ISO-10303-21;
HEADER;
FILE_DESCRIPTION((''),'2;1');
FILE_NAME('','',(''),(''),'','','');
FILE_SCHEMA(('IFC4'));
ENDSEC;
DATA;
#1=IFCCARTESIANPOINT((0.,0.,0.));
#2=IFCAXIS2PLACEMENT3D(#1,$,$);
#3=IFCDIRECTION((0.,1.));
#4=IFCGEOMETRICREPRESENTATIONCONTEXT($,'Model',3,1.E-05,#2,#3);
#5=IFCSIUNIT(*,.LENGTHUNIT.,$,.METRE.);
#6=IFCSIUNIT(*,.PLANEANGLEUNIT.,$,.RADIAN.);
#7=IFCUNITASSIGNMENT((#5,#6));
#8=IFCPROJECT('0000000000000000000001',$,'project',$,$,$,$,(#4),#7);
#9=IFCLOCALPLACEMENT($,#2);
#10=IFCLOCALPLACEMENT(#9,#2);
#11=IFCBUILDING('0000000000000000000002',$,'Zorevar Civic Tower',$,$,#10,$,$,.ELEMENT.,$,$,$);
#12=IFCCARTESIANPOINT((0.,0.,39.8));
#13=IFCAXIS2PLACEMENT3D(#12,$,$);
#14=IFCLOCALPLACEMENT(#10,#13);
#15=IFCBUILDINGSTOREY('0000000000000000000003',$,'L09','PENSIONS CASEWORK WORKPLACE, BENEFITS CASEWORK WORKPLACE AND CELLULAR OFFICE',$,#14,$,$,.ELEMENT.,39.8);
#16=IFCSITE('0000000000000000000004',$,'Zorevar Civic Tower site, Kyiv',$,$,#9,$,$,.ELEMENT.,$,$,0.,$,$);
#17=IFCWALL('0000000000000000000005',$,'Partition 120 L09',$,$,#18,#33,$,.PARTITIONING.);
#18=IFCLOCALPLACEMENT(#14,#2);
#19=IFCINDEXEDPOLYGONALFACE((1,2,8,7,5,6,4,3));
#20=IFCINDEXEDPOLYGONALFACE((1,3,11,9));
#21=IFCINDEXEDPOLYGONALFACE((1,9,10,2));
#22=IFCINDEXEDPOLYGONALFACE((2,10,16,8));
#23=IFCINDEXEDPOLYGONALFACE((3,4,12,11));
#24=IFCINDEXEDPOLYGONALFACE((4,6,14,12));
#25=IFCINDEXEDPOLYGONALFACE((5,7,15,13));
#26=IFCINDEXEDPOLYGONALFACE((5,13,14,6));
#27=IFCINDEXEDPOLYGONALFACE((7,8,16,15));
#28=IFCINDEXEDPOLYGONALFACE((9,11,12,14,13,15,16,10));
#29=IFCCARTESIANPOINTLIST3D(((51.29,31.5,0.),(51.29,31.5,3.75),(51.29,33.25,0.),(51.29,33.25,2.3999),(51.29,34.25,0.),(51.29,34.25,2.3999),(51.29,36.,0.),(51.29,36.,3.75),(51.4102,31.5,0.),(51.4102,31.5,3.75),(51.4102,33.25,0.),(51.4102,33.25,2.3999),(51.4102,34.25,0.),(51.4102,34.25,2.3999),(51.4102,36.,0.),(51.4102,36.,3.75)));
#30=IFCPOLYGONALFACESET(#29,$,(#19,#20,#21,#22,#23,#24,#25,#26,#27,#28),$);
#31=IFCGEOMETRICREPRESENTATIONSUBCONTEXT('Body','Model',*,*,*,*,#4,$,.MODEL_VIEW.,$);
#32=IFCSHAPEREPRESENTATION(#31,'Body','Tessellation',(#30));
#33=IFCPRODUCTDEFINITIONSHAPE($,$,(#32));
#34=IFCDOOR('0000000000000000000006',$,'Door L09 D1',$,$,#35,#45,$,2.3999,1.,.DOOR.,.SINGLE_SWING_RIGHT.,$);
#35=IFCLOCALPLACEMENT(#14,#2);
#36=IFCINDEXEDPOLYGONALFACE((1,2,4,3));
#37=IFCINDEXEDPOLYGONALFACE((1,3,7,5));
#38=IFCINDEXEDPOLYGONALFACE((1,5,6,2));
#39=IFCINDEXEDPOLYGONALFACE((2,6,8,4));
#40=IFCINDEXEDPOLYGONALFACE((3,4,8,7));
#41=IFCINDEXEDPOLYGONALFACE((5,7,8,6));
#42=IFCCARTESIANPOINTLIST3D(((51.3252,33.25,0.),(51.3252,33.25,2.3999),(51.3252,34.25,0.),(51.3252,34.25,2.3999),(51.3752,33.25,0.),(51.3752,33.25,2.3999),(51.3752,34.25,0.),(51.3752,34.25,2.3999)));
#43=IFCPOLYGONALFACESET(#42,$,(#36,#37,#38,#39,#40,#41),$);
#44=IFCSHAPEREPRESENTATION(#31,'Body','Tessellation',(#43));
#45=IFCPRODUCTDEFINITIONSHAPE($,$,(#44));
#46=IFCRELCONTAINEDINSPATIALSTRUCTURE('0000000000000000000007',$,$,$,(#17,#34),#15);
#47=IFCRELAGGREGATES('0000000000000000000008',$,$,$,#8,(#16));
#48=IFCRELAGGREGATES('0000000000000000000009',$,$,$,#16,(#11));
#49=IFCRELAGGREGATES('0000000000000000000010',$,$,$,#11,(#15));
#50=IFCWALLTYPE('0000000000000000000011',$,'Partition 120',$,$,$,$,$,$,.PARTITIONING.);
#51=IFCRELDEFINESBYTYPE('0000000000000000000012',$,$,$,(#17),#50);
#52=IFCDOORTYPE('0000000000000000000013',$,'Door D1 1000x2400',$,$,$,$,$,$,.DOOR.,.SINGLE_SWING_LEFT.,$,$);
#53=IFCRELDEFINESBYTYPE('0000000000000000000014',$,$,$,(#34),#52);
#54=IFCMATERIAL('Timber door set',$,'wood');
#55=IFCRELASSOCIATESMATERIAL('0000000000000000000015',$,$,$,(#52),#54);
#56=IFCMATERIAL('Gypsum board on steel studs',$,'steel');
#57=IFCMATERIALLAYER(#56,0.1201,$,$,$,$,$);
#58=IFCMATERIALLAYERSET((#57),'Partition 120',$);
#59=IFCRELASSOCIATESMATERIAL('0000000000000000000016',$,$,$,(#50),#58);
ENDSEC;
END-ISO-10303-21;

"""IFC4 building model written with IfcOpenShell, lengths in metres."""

from ifc_helpers import new_model, si_unit, direction, frame, frame_2d, origin, place, context, subcontext, project, spatial, rectangle, extrude, material, layer, layer_set, type_object, element, fill, save


model = new_model("IFC4")

# Units and contexts
model_context = context("Model", 3, precision=1e-05, world=origin(), true_north=direction((0.0, 1.0)))
body_context = subcontext(model_context, "Body", "Model", "MODEL_VIEW")
ifc_project = project(units=[si_unit("LENGTHUNIT", "METRE"), si_unit("PLANEANGLEUNIT", "RADIAN")], contexts=[model_context])

# Site, building, storey
site_placement = place(None, origin())
site = spatial("IfcSite", under=ifc_project, at=site_placement, Name="Zorevar Civic Tower site, Kyiv", CompositionType="ELEMENT", RefElevation=0.0)
building_placement = place(site_placement, origin())
building = spatial("IfcBuilding", under=site, at=building_placement, Name="Zorevar Civic Tower", CompositionType="ELEMENT")
storey_placement = place(building_placement, frame((0.0, 0.0, 39.8)))
storey = spatial("IfcBuildingStorey", under=building, at=storey_placement, Name="L09", Description="PENSIONS CASEWORK WORKPLACE, BENEFITS CASEWORK WORKPLACE AND CELLULAR OFFICE", CompositionType="ELEMENT", Elevation=39.8)

# Shared definitions
ifc_material_1 = material(Name="Timber door set", Category="wood")
door_type_1 = type_object("IfcDoorType", Name="Door D1 1000x2400", OperationType="SINGLE_SWING_LEFT", PredefinedType="DOOR", material=ifc_material_1)

# Shared definitions
ifc_material_2 = material(Name="Gypsum board on steel studs", Category="steel")
ifc_layer_1 = layer(ifc_material_2, 0.1201)
ifc_layer_set_1 = layer_set([ifc_layer_1], Name="Partition 120")
wall_type_1 = type_object("IfcWallType", Name="Partition 120", PredefinedType="PARTITIONING", material=ifc_layer_set_1)

# Wall, opening, door
wall_1_placement = place(storey_placement, frame((51.3501, 31.5, 0.0), z_axis=(0.0, 0.0, 1.0), x_axis=(0.0, 1.0, 0.0)))
wall_1 = element("IfcWall", 1, at=wall_1_placement, inside=storey, type_object=wall_type_1, Name="Partition 120 L09", PredefinedType="PARTITIONING", context=body_context, shape_type="SweptSolid", body=[
    extrude(rectangle(XDim=4.5, YDim=0.1201, at=frame_2d((2.25, 0.0))), origin(), (0.0, 0.0, 1.0), 3.75),
])
opening_1_placement = place(wall_1_placement, frame((1.75, 0.0, 0.0)))
opening_1 = element("IfcOpeningElement", 2, at=opening_1_placement, cuts=wall_1, PredefinedType="OPENING", context=body_context, shape_type="SweptSolid", body=[
    extrude(rectangle(XDim=1.0, YDim=2.3999, at=frame_2d((0.5, 1.2))), frame((0.0, 0.0701, 0.0), z_axis=(0.0, -1.0, 0.0), x_axis=(1.0, 0.0, 0.0)), (0.0, 0.0, 1.0), 0.1401),
])
door_1_placement = place(opening_1_placement, origin())
door_1 = element("IfcDoor", 3, at=door_1_placement, inside=storey, type_object=door_type_1, Name="Door L09 D1", OperationType="SINGLE_SWING_RIGHT", OverallHeight=2.3999, OverallWidth=1.0, PredefinedType="DOOR", context=body_context, shape_type="SweptSolid", body=[
    extrude(rectangle(XDim=1.0, YDim=2.3999, at=frame_2d((0.5, 1.2))), frame((0.0, 0.0249, 0.0), z_axis=(0.0, -1.0, 0.0), x_axis=(1.0, 0.0, 0.0)), (0.0, 0.0, 1.0), 0.05),
])
fill(opening_1, door_1)

save(model, "model.ifc")
